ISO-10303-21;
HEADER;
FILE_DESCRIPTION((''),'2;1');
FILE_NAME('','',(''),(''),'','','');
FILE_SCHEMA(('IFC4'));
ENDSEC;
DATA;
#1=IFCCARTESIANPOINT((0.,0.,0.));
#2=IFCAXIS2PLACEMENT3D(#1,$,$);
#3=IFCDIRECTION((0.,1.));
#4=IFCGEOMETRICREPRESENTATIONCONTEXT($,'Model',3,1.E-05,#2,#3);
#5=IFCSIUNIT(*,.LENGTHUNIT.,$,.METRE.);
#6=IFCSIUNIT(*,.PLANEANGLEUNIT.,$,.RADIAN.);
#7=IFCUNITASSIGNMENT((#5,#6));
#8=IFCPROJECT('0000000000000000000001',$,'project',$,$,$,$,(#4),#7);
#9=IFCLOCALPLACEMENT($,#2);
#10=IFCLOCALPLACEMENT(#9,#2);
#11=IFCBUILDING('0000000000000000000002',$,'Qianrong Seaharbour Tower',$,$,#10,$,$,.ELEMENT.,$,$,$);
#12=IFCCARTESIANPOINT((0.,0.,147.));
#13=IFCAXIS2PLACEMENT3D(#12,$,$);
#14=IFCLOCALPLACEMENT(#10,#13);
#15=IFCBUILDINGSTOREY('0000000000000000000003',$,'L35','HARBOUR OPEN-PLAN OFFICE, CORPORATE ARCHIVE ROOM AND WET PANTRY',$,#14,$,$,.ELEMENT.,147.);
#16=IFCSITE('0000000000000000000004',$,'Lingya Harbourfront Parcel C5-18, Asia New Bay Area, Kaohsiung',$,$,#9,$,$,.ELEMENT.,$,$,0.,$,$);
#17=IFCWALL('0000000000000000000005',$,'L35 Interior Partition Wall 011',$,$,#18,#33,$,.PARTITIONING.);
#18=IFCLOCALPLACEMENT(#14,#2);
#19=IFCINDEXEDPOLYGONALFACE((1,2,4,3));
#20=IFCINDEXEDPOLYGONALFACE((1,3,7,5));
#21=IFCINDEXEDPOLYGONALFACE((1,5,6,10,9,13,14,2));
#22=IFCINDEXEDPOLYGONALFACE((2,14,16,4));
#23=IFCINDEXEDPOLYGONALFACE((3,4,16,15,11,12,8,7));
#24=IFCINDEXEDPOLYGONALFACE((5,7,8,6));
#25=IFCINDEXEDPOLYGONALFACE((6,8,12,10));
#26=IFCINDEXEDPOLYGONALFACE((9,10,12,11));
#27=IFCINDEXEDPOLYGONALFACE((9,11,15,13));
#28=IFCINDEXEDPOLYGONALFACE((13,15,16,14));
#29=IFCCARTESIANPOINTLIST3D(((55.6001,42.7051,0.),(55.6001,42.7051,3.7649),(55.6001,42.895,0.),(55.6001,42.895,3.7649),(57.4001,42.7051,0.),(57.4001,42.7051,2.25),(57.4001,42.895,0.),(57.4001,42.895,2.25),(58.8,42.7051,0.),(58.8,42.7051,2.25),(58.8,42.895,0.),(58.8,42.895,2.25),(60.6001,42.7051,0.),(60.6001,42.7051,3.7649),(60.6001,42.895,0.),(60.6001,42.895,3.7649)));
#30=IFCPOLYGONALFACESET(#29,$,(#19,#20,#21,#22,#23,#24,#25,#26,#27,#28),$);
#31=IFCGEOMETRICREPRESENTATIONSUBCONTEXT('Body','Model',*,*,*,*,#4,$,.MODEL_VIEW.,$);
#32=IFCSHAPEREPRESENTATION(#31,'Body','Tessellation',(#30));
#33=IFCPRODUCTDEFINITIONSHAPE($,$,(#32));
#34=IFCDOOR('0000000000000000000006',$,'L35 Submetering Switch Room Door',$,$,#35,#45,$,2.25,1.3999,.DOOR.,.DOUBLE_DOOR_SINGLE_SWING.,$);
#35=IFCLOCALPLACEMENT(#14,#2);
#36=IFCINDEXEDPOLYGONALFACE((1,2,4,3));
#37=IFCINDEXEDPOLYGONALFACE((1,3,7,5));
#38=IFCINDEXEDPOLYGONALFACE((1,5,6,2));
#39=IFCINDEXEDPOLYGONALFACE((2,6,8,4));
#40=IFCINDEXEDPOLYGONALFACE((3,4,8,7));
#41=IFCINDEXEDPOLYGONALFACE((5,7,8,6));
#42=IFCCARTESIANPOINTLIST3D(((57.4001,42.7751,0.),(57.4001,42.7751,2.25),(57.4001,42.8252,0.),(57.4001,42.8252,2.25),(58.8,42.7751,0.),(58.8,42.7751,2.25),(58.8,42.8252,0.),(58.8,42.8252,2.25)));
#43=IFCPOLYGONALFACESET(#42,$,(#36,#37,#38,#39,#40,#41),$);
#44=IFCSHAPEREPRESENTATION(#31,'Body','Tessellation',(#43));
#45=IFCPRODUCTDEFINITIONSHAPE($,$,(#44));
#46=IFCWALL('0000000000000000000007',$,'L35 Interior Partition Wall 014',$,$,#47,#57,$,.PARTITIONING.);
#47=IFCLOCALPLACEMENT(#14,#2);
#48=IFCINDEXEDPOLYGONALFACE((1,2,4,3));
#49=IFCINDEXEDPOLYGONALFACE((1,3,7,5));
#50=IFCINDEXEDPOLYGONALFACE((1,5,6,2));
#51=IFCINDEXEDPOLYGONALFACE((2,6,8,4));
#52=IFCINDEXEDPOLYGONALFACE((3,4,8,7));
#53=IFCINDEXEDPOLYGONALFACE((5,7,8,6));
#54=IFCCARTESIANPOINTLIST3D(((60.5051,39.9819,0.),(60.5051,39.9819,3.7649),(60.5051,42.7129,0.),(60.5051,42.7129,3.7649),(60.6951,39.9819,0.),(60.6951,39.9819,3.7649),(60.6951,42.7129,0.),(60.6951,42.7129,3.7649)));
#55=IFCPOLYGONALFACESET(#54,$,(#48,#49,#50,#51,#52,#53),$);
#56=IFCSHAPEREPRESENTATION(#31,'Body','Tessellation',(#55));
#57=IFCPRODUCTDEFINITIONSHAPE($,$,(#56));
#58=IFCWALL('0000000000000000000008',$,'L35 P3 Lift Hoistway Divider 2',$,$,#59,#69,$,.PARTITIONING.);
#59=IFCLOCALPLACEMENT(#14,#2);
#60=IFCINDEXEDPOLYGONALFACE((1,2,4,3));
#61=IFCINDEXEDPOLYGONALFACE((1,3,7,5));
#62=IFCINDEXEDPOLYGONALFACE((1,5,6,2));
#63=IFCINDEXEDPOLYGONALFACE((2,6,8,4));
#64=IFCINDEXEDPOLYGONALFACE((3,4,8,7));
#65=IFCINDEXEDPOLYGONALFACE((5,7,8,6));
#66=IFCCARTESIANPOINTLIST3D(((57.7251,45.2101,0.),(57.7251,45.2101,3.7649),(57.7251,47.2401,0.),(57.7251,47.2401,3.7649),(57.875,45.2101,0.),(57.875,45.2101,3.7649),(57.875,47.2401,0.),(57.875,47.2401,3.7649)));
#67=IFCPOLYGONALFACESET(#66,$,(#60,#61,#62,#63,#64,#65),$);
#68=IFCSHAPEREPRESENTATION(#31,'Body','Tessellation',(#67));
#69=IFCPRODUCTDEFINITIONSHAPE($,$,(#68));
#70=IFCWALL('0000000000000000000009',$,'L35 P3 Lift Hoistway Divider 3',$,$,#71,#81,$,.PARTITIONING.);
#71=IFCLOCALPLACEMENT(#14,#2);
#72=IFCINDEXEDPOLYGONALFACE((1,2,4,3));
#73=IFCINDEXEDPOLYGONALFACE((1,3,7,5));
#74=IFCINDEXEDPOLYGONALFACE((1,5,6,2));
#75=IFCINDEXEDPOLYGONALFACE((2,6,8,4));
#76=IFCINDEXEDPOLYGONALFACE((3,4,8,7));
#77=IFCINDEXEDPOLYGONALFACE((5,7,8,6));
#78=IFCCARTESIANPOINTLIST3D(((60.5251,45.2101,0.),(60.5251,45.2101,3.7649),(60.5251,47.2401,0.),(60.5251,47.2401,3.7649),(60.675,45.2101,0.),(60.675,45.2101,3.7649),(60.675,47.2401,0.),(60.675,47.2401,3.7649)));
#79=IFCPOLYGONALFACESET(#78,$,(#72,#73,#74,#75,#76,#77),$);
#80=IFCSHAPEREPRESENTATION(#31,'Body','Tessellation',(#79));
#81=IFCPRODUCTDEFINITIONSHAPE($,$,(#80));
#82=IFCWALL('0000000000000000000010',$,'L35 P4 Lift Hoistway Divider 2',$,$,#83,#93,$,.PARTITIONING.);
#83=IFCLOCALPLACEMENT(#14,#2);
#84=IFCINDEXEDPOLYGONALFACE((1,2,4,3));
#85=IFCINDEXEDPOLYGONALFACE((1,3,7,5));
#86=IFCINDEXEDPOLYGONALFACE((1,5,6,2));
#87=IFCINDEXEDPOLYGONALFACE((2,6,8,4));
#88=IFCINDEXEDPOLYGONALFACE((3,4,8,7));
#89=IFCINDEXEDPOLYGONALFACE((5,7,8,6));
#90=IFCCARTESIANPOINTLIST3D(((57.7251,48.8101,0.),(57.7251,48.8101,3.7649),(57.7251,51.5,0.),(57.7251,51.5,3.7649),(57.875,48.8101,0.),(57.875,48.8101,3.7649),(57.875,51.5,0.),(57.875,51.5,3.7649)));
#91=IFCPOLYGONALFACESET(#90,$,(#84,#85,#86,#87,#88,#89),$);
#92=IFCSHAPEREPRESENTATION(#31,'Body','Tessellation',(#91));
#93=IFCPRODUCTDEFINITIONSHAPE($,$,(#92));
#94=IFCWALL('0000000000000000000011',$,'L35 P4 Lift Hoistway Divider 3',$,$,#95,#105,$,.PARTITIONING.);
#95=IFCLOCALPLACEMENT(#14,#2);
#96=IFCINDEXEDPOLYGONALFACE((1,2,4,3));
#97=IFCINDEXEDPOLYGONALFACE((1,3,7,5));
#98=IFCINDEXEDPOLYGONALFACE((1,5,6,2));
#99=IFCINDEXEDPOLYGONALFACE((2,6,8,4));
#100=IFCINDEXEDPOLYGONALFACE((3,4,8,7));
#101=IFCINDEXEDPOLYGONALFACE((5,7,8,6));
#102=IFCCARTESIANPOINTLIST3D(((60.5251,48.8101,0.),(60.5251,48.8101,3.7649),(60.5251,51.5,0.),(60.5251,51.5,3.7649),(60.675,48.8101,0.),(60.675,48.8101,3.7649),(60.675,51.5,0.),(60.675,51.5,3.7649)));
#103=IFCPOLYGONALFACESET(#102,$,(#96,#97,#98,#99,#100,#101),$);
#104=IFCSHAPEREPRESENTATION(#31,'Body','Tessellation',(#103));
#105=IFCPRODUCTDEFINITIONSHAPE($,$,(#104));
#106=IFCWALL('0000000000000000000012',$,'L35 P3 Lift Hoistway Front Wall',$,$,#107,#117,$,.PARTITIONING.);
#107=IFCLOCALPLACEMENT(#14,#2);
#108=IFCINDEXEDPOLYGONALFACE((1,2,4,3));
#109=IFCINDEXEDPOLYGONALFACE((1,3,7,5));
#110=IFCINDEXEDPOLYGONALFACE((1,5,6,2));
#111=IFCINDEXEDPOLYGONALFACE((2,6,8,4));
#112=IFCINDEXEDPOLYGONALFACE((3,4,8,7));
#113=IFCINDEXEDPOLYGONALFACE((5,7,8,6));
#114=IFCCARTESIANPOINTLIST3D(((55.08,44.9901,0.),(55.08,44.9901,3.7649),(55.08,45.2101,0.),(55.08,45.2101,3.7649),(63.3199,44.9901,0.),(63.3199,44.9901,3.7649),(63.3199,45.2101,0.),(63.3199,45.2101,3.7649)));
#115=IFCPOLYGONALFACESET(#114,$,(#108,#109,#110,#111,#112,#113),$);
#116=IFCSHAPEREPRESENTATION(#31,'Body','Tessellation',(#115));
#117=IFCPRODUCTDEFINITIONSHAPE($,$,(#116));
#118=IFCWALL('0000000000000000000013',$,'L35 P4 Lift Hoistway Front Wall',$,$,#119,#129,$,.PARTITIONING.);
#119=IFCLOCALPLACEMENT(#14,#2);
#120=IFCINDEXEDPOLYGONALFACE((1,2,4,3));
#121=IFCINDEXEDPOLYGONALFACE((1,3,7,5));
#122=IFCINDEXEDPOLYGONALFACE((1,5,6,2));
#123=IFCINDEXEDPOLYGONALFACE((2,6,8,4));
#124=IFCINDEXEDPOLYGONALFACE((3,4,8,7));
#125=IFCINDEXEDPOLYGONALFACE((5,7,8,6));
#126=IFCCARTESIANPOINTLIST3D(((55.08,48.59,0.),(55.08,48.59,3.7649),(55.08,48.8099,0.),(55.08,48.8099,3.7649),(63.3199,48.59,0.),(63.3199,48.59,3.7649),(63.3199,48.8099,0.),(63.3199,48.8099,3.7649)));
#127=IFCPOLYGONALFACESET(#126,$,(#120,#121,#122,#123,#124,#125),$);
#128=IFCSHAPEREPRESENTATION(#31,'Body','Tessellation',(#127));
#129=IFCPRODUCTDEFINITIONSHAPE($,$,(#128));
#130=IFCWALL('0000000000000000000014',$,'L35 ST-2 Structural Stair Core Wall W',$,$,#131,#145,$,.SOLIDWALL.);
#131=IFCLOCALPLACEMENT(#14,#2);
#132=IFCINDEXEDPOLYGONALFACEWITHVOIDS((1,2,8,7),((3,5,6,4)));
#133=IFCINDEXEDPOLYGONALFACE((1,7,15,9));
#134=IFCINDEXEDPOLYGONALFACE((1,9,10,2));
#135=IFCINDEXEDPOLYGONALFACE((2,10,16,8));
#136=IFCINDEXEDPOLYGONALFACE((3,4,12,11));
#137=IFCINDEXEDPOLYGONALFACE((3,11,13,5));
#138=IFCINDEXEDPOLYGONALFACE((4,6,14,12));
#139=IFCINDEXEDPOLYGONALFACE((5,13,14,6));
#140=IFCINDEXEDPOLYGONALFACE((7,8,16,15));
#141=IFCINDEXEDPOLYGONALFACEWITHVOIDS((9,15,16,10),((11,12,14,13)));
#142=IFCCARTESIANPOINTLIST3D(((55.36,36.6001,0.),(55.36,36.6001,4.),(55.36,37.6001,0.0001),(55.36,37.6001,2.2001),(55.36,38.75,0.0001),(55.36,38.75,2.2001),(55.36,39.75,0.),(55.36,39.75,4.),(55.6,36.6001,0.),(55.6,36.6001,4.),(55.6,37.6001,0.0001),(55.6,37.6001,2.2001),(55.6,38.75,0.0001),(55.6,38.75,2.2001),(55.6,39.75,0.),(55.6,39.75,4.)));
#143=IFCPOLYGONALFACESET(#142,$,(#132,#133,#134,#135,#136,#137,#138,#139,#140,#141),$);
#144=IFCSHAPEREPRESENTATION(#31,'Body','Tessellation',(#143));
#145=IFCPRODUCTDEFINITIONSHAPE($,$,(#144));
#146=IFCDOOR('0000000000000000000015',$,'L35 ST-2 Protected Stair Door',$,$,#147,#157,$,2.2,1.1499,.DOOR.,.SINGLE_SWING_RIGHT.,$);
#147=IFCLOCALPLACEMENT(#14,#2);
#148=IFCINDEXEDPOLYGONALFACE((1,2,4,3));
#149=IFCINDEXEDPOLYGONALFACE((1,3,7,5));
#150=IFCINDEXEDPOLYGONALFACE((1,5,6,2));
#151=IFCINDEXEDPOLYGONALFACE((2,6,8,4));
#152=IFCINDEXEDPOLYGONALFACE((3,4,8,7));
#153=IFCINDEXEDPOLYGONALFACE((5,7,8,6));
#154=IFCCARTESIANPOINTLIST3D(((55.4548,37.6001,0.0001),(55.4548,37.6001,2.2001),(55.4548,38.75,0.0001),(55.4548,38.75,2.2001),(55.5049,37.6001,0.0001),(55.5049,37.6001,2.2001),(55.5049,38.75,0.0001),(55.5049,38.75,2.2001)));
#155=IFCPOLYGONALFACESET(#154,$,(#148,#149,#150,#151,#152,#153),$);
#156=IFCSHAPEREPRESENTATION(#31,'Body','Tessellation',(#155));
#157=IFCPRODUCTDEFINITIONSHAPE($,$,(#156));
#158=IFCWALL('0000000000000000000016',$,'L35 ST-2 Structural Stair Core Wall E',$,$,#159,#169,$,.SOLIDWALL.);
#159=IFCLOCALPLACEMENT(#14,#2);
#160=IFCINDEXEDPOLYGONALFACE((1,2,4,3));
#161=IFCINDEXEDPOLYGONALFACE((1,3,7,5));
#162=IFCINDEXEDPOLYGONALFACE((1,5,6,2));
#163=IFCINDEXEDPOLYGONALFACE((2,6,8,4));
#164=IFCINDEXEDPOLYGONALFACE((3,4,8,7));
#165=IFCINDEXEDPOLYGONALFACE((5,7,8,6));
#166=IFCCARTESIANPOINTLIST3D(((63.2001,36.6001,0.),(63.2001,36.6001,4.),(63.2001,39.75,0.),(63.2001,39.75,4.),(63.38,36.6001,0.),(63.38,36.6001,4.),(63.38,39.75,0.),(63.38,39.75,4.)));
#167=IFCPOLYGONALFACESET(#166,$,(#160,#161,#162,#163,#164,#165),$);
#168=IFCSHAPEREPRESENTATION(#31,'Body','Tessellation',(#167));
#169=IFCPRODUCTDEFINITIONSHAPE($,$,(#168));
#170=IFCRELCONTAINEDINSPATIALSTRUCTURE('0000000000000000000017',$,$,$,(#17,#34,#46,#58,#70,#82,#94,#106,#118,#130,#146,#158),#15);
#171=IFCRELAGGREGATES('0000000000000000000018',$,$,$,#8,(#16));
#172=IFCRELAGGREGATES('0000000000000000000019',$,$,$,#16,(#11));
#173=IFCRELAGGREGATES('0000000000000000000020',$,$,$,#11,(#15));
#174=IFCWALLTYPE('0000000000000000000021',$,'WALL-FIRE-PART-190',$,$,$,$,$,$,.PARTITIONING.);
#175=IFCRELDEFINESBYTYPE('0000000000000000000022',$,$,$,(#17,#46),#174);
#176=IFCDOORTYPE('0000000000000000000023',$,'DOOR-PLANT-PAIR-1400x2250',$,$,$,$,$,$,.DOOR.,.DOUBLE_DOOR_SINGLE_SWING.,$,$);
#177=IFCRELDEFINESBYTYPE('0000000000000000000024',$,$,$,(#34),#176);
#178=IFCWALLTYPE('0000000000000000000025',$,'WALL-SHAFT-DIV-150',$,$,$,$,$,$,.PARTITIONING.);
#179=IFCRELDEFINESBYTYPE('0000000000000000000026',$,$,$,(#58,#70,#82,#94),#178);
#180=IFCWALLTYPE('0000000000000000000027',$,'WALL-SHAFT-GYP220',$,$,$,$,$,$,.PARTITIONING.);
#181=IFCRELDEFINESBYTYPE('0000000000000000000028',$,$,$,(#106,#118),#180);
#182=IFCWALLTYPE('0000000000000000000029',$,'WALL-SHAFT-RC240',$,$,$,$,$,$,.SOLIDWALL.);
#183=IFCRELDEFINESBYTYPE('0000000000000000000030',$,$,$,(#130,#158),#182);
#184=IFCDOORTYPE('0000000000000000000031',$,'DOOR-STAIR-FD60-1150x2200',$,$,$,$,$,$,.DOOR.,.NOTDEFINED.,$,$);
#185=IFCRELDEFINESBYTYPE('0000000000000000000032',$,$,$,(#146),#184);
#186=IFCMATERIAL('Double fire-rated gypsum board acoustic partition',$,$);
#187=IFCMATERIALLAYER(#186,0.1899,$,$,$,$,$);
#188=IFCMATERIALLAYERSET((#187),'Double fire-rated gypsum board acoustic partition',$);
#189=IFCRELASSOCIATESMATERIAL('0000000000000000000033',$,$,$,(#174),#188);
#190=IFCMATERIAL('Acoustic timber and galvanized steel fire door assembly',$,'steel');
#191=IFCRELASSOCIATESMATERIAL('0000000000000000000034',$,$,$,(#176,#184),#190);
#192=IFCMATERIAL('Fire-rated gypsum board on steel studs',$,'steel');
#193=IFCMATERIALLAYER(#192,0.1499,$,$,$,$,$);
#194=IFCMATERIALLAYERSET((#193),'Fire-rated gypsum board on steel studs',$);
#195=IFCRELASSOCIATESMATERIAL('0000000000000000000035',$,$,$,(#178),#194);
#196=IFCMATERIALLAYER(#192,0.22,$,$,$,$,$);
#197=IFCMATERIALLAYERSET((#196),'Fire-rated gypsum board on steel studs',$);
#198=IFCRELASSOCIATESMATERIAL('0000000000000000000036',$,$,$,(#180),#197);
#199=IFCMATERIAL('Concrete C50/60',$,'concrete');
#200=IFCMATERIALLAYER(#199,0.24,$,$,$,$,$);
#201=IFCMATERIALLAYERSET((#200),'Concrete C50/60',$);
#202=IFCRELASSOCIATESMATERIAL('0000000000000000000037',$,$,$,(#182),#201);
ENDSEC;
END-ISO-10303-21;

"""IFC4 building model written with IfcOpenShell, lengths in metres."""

from ifc_helpers import new_model, si_unit, direction, frame, frame_2d, origin, place, context, subcontext, project, spatial, rectangle, extrude, material, layer, layer_set, type_object, element, fill, save


model = new_model("IFC4")

# Units and contexts
model_context = context("Model", 3, precision=1e-05, world=origin(), true_north=direction((0.0, 1.0)))
body_context = subcontext(model_context, "Body", "Model", "MODEL_VIEW")
ifc_project = project(units=[si_unit("LENGTHUNIT", "METRE"), si_unit("PLANEANGLEUNIT", "RADIAN")], contexts=[model_context])

# Site, building, storey
site_placement = place(None, origin())
site = spatial("IfcSite", under=ifc_project, at=site_placement, Name="Lingya Harbourfront Parcel C5-18, Asia New Bay Area, Kaohsiung", CompositionType="ELEMENT", RefElevation=0.0)
building_placement = place(site_placement, origin())
building = spatial("IfcBuilding", under=site, at=building_placement, Name="Qianrong Seaharbour Tower", CompositionType="ELEMENT")
storey_placement = place(building_placement, frame((0.0, 0.0, 147.0)))
storey = spatial("IfcBuildingStorey", under=building, at=storey_placement, Name="L35", Description="HARBOUR OPEN-PLAN OFFICE, CORPORATE ARCHIVE ROOM AND WET PANTRY", CompositionType="ELEMENT", Elevation=147.0)

# Shared definitions
ifc_material_1 = material(Name="Acoustic timber and galvanized steel fire door assembly", Category="steel")

# Shared definitions
ifc_material_2 = material(Name="Double fire-rated gypsum board acoustic partition")
ifc_layer_1 = layer(ifc_material_2, 0.1899)
ifc_layer_set_1 = layer_set([ifc_layer_1], Name="Double fire-rated gypsum board acoustic partition")
wall_type_1 = type_object("IfcWallType", Name="WALL-FIRE-PART-190", PredefinedType="PARTITIONING", material=ifc_layer_set_1)

# Wall, opening, door
wall_1_placement = place(storey_placement, frame((60.6001, 42.8, 0.0), z_axis=(0.0, 0.0, 1.0), x_axis=(-1.0, 0.0, 0.0)))
wall_1 = element("IfcWall", 1, at=wall_1_placement, inside=storey, type_object=wall_type_1, Name="L35 Interior Partition Wall 011", PredefinedType="PARTITIONING", context=body_context, shape_type="SweptSolid", body=[
    extrude(rectangle(XDim=5.0, YDim=0.1899, at=frame_2d((2.5, 0.0))), origin(), (0.0, 0.0, 1.0), 3.7649),
])
opening_1_placement = place(wall_1_placement, frame((1.8, 0.0, 0.0)))
opening_1 = element("IfcOpeningElement", 2, at=opening_1_placement, cuts=wall_1, PredefinedType="OPENING", context=body_context, shape_type="SweptSolid", body=[
    extrude(rectangle(XDim=1.3999, YDim=2.25, at=frame_2d((0.7, 1.125))), frame((0.0, 0.105, 0.0), z_axis=(0.0, -1.0, 0.0), x_axis=(1.0, 0.0, 0.0)), (0.0, 0.0, 1.0), 0.21),
])
door_type_1 = type_object("IfcDoorType", Name="DOOR-PLANT-PAIR-1400x2250", OperationType="DOUBLE_DOOR_SINGLE_SWING", PredefinedType="DOOR", material=ifc_material_1)
door_1_placement = place(opening_1_placement, origin())
door_1 = element("IfcDoor", 3, at=door_1_placement, inside=storey, type_object=door_type_1, Name="L35 Submetering Switch Room Door", OperationType="DOUBLE_DOOR_SINGLE_SWING", OverallHeight=2.25, OverallWidth=1.3999, PredefinedType="DOOR", context=body_context, shape_type="SweptSolid", body=[
    extrude(rectangle(XDim=1.3999, YDim=2.25, at=frame_2d((0.7, 1.125))), frame((0.0, 0.0249, 0.0), z_axis=(0.0, -1.0, 0.0), x_axis=(1.0, 0.0, 0.0)), (0.0, 0.0, 1.0), 0.05),
])
fill(opening_1, door_1)

# Walls
wall_2_placement = place(storey_placement, frame((60.6001, 42.7129, 0.0), z_axis=(0.0, 0.0, 1.0), x_axis=(0.0, -1.0, 0.0)))
element("IfcWall", 4, at=wall_2_placement, inside=storey, type_object=wall_type_1, Name="L35 Interior Partition Wall 014", PredefinedType="PARTITIONING", context=body_context, shape_type="SweptSolid", body=[
    extrude(rectangle(XDim=2.731, YDim=0.1899, at=frame_2d((1.3655, 0.0))), origin(), (0.0, 0.0, 1.0), 3.7649),
])
ifc_material_3 = material(Name="Fire-rated gypsum board on steel studs", Category="steel")
ifc_layer_2 = layer(ifc_material_3, 0.1499)
ifc_layer_set_2 = layer_set([ifc_layer_2], Name="Fire-rated gypsum board on steel studs")
wall_type_2 = type_object("IfcWallType", Name="WALL-SHAFT-DIV-150", PredefinedType="PARTITIONING", material=ifc_layer_set_2)
for number, where, z_axis, x_axis, name in (
    (5, (57.8, 45.21, 0.0), (0.0, 0.0, 1.0), (0.0, 1.0, 0.0), "L35 P3 Lift Hoistway Divider 2"),
    (6, (60.6001, 45.21, 0.0), (0.0, 0.0, 1.0), (0.0, 1.0, 0.0), "L35 P3 Lift Hoistway Divider 3"),
):
    element("IfcWall", number, at=place(storey_placement, frame(where, z_axis=z_axis, x_axis=x_axis)), inside=storey, type_object=wall_type_2, Name=name, PredefinedType="PARTITIONING", context=body_context, shape_type="SweptSolid", body=[
        extrude(rectangle(XDim=2.03, YDim=0.1499, at=frame_2d((1.0151, 0.0))), origin(), (0.0, 0.0, 1.0), 3.7649),
    ])
for number, where, z_axis, x_axis, name in (
    (7, (57.8, 48.8101, 0.0), (0.0, 0.0, 1.0), (0.0, 1.0, 0.0), "L35 P4 Lift Hoistway Divider 2"),
    (8, (60.6001, 48.8101, 0.0), (0.0, 0.0, 1.0), (0.0, 1.0, 0.0), "L35 P4 Lift Hoistway Divider 3"),
):
    element("IfcWall", number, at=place(storey_placement, frame(where, z_axis=z_axis, x_axis=x_axis)), inside=storey, type_object=wall_type_2, Name=name, PredefinedType="PARTITIONING", context=body_context, shape_type="SweptSolid", body=[
        extrude(rectangle(XDim=2.6899, YDim=0.1499, at=frame_2d((1.345, 0.0))), origin(), (0.0, 0.0, 1.0), 3.7649),
    ])
ifc_layer_3 = layer(ifc_material_3, 0.22)
ifc_layer_set_3 = layer_set([ifc_layer_3], Name="Fire-rated gypsum board on steel studs")
wall_type_3 = type_object("IfcWallType", Name="WALL-SHAFT-GYP220", PredefinedType="PARTITIONING", material=ifc_layer_set_3)
for number, where, z_axis, x_axis, name in (
    (9, (63.3201, 45.1001, 0.0), (0.0, 0.0, 1.0), (-1.0, 0.0, 0.0), "L35 P3 Lift Hoistway Front Wall"),
    (10, (63.3201, 48.7, 0.0), (0.0, 0.0, 1.0), (-1.0, 0.0, 0.0), "L35 P4 Lift Hoistway Front Wall"),
):
    element("IfcWall", number, at=place(storey_placement, frame(where, z_axis=z_axis, x_axis=x_axis)), inside=storey, type_object=wall_type_3, Name=name, PredefinedType="PARTITIONING", context=body_context, shape_type="SweptSolid", body=[
        extrude(rectangle(XDim=8.24, YDim=0.22, at=frame_2d((4.1201, 0.0))), origin(), (0.0, 0.0, 1.0), 3.7649),
    ])

# Wall, opening, door
ifc_material_4 = material(Name="Concrete C50/60", Category="concrete")
ifc_layer_4 = layer(ifc_material_4, 0.24)
ifc_layer_set_4 = layer_set([ifc_layer_4], Name="Concrete C50/60")
wall_type_4 = type_object("IfcWallType", Name="WALL-SHAFT-RC240", PredefinedType="SOLIDWALL", material=ifc_layer_set_4)
wall_3_placement = place(storey_placement, frame((55.48, 39.75, 0.0), z_axis=(0.0, 0.0, 1.0), x_axis=(0.0, -1.0, 0.0)))
wall_3 = element("IfcWall", 11, at=wall_3_placement, inside=storey, type_object=wall_type_4, Name="L35 ST-2 Structural Stair Core Wall W", PredefinedType="SOLIDWALL", context=body_context, shape_type="SweptSolid", body=[
    extrude(rectangle(XDim=3.1499, YDim=0.24, at=frame_2d((1.575, 0.0))), origin(), (0.0, 0.0, 1.0), 4.0),
])
opening_2_placement = place(wall_3_placement, frame((1.0, 0.0, 0.0)))
opening_2 = element("IfcOpeningElement", 12, at=opening_2_placement, cuts=wall_3, PredefinedType="OPENING", context=body_context, shape_type="SweptSolid", body=[
    extrude(rectangle(XDim=1.1499, YDim=2.2, at=frame_2d((0.575, 1.1001))), frame((0.0, 0.1299, 0.0), z_axis=(0.0, -1.0, 0.0), x_axis=(1.0, 0.0, 0.0)), (0.0, 0.0, 1.0), 0.26),
])
door_type_2 = type_object("IfcDoorType", Name="DOOR-STAIR-FD60-1150x2200", OperationType="NOTDEFINED", PredefinedType="DOOR", material=ifc_material_1)
door_2_placement = place(opening_2_placement, origin())
door_2 = element("IfcDoor", 13, at=door_2_placement, inside=storey, type_object=door_type_2, Name="L35 ST-2 Protected Stair Door", OperationType="SINGLE_SWING_RIGHT", OverallHeight=2.2, OverallWidth=1.1499, PredefinedType="DOOR", context=body_context, shape_type="SweptSolid", body=[
    extrude(rectangle(XDim=1.1499, YDim=2.2, at=frame_2d((0.575, 1.1001))), frame((0.0, 0.0249, 0.0), z_axis=(0.0, -1.0, 0.0), x_axis=(1.0, 0.0, 0.0)), (0.0, 0.0, 1.0), 0.05),
])
fill(opening_2, door_2)

# Wall
wall_4_placement = place(storey_placement, frame((63.29, 36.6001, 0.0), z_axis=(0.0, 0.0, 1.0), x_axis=(0.0, 1.0, 0.0)))
element("IfcWall", 14, at=wall_4_placement, inside=storey, type_object=wall_type_4, Name="L35 ST-2 Structural Stair Core Wall E", PredefinedType="SOLIDWALL", context=body_context, shape_type="SweptSolid", body=[
    extrude(rectangle(XDim=3.1499, YDim=0.1799, at=frame_2d((1.575, 0.0))), origin(), (0.0, 0.0, 1.0), 4.0),
])

save(model, "model.ifc")
